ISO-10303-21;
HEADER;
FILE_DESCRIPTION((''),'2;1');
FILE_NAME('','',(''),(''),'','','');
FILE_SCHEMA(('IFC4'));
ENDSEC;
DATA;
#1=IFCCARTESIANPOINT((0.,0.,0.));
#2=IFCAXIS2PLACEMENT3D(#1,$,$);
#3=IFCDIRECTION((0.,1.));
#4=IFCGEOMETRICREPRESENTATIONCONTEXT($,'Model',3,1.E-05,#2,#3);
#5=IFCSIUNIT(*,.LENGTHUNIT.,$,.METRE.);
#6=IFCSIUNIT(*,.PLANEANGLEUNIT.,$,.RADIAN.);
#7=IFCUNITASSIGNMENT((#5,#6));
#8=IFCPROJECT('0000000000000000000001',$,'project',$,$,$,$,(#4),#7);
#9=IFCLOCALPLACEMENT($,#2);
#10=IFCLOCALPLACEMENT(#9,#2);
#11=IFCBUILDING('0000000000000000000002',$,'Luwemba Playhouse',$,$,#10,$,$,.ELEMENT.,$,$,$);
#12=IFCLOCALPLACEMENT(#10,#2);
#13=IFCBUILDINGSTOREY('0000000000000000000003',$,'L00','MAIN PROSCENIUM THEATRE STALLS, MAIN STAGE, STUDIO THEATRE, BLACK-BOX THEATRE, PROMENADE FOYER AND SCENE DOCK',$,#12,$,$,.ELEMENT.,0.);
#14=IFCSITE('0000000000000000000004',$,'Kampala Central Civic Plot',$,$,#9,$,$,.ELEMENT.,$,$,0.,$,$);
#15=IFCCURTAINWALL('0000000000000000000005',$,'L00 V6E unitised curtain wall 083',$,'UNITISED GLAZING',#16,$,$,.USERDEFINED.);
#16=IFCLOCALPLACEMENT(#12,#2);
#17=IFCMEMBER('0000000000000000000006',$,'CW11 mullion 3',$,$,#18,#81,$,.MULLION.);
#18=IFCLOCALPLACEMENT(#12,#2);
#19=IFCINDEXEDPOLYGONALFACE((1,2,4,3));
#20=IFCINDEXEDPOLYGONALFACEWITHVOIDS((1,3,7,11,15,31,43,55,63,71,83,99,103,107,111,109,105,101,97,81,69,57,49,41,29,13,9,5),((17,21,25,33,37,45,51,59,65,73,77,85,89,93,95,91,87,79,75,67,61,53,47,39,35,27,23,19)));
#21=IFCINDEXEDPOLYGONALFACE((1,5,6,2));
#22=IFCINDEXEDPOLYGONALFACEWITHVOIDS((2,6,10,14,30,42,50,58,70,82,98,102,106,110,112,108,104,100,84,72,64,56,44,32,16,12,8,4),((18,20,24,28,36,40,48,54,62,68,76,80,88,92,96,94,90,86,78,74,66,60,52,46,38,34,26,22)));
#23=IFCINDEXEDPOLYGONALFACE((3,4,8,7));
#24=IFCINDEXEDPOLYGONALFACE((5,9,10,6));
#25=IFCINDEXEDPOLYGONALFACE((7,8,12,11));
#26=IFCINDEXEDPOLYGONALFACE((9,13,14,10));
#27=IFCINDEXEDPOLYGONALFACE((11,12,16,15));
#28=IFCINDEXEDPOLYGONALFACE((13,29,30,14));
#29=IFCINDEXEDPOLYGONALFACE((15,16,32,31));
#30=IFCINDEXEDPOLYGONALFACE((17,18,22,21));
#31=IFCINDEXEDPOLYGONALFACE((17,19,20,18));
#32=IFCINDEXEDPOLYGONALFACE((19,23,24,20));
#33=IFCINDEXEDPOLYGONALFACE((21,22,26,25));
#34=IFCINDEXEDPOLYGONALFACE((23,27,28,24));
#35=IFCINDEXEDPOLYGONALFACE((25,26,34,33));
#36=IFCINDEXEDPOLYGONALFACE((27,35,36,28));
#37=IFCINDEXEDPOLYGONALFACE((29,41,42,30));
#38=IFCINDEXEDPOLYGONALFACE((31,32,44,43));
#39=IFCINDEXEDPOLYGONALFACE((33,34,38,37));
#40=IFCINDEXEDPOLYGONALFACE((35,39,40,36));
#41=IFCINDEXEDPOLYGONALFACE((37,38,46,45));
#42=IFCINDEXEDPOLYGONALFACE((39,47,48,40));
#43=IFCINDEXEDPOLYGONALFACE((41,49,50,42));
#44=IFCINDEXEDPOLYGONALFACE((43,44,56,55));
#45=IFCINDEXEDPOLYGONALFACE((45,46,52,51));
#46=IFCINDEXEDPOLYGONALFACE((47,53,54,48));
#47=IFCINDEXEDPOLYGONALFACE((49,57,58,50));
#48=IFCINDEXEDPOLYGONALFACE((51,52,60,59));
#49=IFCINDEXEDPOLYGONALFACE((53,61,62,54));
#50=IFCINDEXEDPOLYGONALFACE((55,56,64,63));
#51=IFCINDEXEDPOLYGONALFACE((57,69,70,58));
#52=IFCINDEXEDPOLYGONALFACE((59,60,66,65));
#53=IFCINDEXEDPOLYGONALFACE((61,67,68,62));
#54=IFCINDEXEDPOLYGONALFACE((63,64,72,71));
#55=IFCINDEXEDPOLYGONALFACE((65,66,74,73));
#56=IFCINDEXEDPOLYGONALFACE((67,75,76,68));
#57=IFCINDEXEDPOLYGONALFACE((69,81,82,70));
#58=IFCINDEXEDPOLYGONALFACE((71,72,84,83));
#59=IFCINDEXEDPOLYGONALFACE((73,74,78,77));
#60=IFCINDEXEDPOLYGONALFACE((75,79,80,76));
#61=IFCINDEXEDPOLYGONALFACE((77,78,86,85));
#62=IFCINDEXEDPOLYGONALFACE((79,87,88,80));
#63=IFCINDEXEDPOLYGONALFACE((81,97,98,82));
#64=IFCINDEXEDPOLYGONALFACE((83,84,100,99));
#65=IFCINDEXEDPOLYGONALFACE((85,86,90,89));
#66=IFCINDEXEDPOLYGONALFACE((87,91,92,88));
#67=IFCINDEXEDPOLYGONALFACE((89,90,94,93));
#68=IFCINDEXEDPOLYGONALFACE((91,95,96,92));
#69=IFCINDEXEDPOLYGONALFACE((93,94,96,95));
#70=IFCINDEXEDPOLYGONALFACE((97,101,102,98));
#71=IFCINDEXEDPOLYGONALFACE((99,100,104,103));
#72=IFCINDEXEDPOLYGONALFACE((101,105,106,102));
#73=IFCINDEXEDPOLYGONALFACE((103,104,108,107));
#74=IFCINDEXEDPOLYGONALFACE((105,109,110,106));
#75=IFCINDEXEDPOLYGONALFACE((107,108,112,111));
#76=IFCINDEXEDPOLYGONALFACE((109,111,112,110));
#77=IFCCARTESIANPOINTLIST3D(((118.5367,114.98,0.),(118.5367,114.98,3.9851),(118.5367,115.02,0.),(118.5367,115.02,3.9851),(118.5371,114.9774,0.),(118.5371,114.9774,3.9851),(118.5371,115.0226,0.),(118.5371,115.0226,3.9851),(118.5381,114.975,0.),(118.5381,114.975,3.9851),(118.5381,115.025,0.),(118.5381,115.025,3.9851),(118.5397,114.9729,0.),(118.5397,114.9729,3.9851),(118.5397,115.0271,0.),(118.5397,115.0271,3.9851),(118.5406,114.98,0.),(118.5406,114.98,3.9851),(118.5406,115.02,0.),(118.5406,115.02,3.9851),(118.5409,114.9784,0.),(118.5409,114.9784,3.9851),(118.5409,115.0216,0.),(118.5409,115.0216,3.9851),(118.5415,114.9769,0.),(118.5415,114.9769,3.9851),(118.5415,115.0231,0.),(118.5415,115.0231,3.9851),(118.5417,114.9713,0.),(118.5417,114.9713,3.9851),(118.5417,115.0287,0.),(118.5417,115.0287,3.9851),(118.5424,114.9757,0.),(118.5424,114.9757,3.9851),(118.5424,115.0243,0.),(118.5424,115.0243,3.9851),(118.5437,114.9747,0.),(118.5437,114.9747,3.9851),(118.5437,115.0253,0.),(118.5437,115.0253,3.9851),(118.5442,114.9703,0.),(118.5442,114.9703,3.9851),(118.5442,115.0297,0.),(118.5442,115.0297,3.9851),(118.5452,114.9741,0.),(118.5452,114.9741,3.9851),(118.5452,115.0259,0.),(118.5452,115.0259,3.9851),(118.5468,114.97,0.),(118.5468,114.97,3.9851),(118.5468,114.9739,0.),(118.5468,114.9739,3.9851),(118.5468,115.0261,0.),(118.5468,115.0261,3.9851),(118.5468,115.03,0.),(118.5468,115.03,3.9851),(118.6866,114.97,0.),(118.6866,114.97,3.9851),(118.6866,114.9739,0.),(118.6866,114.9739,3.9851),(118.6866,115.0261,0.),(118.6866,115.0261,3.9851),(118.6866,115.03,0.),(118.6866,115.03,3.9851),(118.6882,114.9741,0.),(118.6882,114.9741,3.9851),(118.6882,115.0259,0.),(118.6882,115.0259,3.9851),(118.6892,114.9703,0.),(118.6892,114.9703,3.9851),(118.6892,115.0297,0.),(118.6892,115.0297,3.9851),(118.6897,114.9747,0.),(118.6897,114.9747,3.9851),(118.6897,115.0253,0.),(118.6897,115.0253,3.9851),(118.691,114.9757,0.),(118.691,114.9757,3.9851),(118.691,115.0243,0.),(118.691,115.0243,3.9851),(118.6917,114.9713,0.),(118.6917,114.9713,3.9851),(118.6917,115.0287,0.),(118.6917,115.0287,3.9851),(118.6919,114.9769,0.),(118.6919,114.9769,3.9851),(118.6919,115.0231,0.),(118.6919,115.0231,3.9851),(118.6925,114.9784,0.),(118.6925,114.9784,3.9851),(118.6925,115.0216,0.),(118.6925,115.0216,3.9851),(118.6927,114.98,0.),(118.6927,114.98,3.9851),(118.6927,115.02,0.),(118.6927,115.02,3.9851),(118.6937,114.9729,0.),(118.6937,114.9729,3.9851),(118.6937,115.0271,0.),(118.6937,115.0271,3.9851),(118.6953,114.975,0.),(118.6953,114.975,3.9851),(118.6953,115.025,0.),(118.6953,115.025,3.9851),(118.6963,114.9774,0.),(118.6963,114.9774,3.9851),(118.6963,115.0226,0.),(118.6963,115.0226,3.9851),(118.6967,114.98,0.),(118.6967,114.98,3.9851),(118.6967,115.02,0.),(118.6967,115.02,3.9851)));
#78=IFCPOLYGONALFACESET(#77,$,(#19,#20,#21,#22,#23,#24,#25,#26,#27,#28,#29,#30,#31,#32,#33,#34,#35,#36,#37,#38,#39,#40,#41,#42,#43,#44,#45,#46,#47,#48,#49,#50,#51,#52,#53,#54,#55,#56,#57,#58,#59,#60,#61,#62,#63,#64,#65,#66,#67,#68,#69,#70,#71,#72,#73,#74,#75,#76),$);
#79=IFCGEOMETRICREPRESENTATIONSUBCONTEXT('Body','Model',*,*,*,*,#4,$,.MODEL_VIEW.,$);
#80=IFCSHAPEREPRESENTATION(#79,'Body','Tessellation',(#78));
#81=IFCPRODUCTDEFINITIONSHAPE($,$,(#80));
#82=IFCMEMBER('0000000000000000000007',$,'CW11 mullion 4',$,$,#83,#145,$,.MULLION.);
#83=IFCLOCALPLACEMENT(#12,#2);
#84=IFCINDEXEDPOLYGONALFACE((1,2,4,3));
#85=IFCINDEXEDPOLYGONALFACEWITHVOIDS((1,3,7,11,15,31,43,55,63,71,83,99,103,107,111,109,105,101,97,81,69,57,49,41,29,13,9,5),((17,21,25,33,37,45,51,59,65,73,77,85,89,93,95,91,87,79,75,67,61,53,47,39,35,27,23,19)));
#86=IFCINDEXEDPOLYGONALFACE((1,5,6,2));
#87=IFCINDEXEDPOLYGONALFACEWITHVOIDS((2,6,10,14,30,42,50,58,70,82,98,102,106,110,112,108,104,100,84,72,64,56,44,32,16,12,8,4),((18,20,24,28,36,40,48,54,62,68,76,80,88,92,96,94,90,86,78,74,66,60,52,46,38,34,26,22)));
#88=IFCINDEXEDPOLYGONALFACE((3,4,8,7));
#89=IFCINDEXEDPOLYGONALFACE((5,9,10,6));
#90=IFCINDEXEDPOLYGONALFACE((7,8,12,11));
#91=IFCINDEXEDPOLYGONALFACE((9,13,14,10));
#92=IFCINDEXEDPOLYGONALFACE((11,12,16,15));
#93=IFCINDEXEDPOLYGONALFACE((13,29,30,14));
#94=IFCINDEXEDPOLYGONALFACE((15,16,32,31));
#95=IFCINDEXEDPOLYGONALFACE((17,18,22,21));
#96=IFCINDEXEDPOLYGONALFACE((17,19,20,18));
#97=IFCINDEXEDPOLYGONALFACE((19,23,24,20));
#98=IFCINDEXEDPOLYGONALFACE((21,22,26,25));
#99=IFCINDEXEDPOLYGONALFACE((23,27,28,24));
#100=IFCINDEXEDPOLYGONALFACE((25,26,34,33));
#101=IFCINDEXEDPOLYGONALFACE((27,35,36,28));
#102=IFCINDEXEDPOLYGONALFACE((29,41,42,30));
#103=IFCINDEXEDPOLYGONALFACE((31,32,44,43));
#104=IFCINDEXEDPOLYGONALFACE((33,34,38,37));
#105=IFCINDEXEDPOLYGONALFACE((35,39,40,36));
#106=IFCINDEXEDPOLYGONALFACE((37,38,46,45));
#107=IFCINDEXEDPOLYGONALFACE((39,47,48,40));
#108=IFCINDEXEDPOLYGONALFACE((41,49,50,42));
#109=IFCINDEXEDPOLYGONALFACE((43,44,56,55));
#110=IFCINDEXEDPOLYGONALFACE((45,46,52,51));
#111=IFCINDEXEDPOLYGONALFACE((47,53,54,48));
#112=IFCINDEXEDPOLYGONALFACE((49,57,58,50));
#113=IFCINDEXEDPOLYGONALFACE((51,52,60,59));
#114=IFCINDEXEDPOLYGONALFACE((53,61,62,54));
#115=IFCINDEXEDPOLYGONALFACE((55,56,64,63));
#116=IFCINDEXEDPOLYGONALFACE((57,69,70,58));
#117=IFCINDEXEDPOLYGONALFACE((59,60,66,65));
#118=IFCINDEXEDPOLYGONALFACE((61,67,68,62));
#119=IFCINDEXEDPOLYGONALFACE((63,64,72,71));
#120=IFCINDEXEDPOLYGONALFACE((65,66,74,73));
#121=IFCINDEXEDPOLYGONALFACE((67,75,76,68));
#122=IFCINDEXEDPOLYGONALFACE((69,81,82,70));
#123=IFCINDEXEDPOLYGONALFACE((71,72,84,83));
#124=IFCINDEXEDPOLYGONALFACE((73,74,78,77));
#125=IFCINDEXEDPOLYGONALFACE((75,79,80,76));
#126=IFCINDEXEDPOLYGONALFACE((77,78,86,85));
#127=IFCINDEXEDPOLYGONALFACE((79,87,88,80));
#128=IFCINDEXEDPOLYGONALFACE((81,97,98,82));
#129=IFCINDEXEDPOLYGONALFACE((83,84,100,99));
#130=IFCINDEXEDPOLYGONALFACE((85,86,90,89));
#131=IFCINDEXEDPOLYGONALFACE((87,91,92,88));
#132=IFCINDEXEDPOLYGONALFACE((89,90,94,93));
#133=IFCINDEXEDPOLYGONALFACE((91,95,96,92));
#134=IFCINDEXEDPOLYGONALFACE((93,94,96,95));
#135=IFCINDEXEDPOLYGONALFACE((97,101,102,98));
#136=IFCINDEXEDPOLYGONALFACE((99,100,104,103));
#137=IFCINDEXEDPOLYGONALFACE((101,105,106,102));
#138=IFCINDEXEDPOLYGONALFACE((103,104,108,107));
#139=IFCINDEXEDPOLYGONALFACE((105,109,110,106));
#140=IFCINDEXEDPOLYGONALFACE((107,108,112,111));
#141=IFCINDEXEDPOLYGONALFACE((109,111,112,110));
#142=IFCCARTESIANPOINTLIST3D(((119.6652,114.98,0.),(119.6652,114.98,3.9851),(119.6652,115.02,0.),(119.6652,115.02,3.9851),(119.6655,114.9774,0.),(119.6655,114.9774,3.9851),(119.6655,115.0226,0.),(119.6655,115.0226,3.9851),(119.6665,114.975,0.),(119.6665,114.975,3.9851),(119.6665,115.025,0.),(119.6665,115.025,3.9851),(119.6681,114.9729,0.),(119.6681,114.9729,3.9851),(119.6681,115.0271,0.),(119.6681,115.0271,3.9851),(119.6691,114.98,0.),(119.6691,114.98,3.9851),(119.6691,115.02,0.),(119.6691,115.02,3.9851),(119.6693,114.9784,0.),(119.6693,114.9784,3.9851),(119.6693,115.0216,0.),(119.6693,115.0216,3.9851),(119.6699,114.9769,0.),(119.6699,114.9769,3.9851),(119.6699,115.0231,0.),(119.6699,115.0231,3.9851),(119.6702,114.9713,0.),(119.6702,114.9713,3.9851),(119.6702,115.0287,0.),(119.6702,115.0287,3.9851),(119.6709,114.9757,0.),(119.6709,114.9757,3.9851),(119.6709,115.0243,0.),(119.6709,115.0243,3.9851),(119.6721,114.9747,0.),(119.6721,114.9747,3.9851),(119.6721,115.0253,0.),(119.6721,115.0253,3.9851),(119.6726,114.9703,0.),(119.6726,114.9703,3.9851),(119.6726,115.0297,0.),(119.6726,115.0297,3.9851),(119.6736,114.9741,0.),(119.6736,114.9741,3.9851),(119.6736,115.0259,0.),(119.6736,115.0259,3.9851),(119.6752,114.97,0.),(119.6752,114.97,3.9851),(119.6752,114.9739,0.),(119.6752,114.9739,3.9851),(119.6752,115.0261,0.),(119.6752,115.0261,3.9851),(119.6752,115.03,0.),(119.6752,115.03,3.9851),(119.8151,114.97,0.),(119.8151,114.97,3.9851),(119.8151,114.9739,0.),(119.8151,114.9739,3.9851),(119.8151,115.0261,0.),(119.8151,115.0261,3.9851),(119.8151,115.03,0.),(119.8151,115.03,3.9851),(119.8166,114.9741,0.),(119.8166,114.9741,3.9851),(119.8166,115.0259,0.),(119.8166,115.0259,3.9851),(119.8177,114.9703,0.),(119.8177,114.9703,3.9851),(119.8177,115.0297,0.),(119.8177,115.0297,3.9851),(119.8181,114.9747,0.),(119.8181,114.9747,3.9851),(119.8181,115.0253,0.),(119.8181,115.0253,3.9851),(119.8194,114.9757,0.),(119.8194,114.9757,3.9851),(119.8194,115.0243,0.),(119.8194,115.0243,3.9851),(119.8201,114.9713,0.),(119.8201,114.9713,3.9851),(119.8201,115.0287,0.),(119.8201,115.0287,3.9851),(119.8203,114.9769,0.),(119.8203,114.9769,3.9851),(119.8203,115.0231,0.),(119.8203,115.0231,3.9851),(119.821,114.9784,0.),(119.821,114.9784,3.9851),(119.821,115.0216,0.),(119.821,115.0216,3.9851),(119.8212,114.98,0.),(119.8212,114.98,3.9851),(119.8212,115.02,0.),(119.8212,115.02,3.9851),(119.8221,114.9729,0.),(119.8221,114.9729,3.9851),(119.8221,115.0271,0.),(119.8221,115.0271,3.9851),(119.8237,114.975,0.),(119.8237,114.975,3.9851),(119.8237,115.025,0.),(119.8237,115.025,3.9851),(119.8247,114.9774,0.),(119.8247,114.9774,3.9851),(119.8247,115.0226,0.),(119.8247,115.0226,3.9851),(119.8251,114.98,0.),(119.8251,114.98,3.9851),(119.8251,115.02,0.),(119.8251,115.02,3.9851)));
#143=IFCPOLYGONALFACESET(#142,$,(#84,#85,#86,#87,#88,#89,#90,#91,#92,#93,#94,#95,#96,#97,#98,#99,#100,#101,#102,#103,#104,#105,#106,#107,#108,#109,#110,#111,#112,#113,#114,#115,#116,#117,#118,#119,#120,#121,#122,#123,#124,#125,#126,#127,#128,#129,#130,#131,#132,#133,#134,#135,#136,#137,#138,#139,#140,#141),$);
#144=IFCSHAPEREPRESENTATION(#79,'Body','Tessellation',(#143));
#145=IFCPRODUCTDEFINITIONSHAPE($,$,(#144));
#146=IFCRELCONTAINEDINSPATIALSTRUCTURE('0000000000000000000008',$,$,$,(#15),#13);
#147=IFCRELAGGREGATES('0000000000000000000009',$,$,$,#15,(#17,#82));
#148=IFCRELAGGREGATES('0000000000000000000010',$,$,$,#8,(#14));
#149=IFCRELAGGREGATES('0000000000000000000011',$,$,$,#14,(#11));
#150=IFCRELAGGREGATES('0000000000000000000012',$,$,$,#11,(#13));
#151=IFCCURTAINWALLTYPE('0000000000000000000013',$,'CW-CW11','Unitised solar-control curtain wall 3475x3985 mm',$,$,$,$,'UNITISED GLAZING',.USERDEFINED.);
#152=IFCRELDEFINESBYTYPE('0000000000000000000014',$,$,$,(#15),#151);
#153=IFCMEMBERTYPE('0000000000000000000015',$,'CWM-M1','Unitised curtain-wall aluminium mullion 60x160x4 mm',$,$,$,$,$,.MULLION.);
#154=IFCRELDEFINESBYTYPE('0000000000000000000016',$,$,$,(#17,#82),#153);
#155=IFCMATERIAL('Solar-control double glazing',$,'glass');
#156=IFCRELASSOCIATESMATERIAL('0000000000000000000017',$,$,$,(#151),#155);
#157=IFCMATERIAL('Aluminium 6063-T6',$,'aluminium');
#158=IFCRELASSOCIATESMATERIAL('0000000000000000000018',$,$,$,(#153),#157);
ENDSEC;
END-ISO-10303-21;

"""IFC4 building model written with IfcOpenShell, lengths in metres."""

from ifc_helpers import new_model, si_unit, direction, frame, origin, origin_2d, place, context, subcontext, project, spatial, hollow_rectangle, extrude, material, material_profile, profile_set, type_object, element, aggregate, save


model = new_model("IFC4")

# Units and contexts
model_context = context("Model", 3, precision=1e-05, world=origin(), true_north=direction((0.0, 1.0)))
body_context = subcontext(model_context, "Body", "Model", "MODEL_VIEW")
ifc_project = project(units=[si_unit("LENGTHUNIT", "METRE"), si_unit("PLANEANGLEUNIT", "RADIAN")], contexts=[model_context])

# Site, building, storey
site_placement = place(None, origin())
site = spatial("IfcSite", under=ifc_project, at=site_placement, Name="Kampala Central Civic Plot", CompositionType="ELEMENT", RefElevation=0.0)
building_placement = place(site_placement, origin())
building = spatial("IfcBuilding", under=site, at=building_placement, Name="Luwemba Playhouse", CompositionType="ELEMENT")
storey_placement = place(building_placement, origin())
storey = spatial("IfcBuildingStorey", under=building, at=storey_placement, Name="L00", Description="MAIN PROSCENIUM THEATRE STALLS, MAIN STAGE, STUDIO THEATRE, BLACK-BOX THEATRE, PROMENADE FOYER AND SCENE DOCK", CompositionType="ELEMENT", Elevation=0.0)

# Curtain wall, members
ifc_material_1 = material(Name="Solar-control double glazing", Category="glass")
curtain_wall_type = type_object("IfcCurtainWallType", Name="CW-CW11", Description="Unitised solar-control curtain wall 3475x3985 mm", ElementType="UNITISED GLAZING", PredefinedType="USERDEFINED", material=ifc_material_1)
curtain_wall_placement = place(storey_placement, origin())
curtain_wall = element("IfcCurtainWall", 1, at=curtain_wall_placement, inside=storey, type_object=curtain_wall_type, Name="L00 V6E unitised curtain wall 083", ObjectType="UNITISED GLAZING", PredefinedType="USERDEFINED")
ifc_material_2 = material(Name="Aluminium 6063-T6", Category="aluminium")
ifc_material_profile_1 = material_profile(ifc_material_2, hollow_rectangle(XDim=0.0601, YDim=0.1599, WallThickness=0.0039, InnerFilletRadius=0.0061, OuterFilletRadius=0.01, at=origin_2d()))
ifc_profile_set_1 = profile_set([ifc_material_profile_1], Name="Aluminium 6063-T6")
member_type_1 = type_object("IfcMemberType", Name="CWM-M1", Description="Unitised curtain-wall aluminium mullion 60x160x4 mm", PredefinedType="MULLION", material=ifc_profile_set_1)
member_1_placement = place(storey_placement, frame((118.6167, 115.0, 0.0), z_axis=(0.0, 0.0, 1.0), x_axis=(0.0, 1.0, 0.0)))
member_1 = element("IfcMember", 2, at=member_1_placement, type_object=member_type_1, Name="CW11 mullion 3", PredefinedType="MULLION", context=body_context, shape_type="SweptSolid", body=[
    extrude(hollow_rectangle(XDim=0.0601, YDim=0.1599, WallThickness=0.0039, InnerFilletRadius=0.0061, OuterFilletRadius=0.01, at=origin_2d()), origin(), (0.0, 0.0, 1.0), 3.9851),
])
member_2_placement = place(storey_placement, frame((119.7451, 115.0, 0.0), z_axis=(0.0, 0.0, 1.0), x_axis=(0.0, 1.0, 0.0)))
member_2 = element("IfcMember", 3, at=member_2_placement, type_object=member_type_1, Name="CW11 mullion 4", PredefinedType="MULLION", context=body_context, shape_type="SweptSolid", body=[
    extrude(hollow_rectangle(XDim=0.0601, YDim=0.1599, WallThickness=0.0039, InnerFilletRadius=0.0061, OuterFilletRadius=0.01, at=origin_2d()), origin(), (0.0, 0.0, 1.0), 3.9851),
])
aggregate(curtain_wall, [member_1, member_2])

save(model, "model.ifc")
